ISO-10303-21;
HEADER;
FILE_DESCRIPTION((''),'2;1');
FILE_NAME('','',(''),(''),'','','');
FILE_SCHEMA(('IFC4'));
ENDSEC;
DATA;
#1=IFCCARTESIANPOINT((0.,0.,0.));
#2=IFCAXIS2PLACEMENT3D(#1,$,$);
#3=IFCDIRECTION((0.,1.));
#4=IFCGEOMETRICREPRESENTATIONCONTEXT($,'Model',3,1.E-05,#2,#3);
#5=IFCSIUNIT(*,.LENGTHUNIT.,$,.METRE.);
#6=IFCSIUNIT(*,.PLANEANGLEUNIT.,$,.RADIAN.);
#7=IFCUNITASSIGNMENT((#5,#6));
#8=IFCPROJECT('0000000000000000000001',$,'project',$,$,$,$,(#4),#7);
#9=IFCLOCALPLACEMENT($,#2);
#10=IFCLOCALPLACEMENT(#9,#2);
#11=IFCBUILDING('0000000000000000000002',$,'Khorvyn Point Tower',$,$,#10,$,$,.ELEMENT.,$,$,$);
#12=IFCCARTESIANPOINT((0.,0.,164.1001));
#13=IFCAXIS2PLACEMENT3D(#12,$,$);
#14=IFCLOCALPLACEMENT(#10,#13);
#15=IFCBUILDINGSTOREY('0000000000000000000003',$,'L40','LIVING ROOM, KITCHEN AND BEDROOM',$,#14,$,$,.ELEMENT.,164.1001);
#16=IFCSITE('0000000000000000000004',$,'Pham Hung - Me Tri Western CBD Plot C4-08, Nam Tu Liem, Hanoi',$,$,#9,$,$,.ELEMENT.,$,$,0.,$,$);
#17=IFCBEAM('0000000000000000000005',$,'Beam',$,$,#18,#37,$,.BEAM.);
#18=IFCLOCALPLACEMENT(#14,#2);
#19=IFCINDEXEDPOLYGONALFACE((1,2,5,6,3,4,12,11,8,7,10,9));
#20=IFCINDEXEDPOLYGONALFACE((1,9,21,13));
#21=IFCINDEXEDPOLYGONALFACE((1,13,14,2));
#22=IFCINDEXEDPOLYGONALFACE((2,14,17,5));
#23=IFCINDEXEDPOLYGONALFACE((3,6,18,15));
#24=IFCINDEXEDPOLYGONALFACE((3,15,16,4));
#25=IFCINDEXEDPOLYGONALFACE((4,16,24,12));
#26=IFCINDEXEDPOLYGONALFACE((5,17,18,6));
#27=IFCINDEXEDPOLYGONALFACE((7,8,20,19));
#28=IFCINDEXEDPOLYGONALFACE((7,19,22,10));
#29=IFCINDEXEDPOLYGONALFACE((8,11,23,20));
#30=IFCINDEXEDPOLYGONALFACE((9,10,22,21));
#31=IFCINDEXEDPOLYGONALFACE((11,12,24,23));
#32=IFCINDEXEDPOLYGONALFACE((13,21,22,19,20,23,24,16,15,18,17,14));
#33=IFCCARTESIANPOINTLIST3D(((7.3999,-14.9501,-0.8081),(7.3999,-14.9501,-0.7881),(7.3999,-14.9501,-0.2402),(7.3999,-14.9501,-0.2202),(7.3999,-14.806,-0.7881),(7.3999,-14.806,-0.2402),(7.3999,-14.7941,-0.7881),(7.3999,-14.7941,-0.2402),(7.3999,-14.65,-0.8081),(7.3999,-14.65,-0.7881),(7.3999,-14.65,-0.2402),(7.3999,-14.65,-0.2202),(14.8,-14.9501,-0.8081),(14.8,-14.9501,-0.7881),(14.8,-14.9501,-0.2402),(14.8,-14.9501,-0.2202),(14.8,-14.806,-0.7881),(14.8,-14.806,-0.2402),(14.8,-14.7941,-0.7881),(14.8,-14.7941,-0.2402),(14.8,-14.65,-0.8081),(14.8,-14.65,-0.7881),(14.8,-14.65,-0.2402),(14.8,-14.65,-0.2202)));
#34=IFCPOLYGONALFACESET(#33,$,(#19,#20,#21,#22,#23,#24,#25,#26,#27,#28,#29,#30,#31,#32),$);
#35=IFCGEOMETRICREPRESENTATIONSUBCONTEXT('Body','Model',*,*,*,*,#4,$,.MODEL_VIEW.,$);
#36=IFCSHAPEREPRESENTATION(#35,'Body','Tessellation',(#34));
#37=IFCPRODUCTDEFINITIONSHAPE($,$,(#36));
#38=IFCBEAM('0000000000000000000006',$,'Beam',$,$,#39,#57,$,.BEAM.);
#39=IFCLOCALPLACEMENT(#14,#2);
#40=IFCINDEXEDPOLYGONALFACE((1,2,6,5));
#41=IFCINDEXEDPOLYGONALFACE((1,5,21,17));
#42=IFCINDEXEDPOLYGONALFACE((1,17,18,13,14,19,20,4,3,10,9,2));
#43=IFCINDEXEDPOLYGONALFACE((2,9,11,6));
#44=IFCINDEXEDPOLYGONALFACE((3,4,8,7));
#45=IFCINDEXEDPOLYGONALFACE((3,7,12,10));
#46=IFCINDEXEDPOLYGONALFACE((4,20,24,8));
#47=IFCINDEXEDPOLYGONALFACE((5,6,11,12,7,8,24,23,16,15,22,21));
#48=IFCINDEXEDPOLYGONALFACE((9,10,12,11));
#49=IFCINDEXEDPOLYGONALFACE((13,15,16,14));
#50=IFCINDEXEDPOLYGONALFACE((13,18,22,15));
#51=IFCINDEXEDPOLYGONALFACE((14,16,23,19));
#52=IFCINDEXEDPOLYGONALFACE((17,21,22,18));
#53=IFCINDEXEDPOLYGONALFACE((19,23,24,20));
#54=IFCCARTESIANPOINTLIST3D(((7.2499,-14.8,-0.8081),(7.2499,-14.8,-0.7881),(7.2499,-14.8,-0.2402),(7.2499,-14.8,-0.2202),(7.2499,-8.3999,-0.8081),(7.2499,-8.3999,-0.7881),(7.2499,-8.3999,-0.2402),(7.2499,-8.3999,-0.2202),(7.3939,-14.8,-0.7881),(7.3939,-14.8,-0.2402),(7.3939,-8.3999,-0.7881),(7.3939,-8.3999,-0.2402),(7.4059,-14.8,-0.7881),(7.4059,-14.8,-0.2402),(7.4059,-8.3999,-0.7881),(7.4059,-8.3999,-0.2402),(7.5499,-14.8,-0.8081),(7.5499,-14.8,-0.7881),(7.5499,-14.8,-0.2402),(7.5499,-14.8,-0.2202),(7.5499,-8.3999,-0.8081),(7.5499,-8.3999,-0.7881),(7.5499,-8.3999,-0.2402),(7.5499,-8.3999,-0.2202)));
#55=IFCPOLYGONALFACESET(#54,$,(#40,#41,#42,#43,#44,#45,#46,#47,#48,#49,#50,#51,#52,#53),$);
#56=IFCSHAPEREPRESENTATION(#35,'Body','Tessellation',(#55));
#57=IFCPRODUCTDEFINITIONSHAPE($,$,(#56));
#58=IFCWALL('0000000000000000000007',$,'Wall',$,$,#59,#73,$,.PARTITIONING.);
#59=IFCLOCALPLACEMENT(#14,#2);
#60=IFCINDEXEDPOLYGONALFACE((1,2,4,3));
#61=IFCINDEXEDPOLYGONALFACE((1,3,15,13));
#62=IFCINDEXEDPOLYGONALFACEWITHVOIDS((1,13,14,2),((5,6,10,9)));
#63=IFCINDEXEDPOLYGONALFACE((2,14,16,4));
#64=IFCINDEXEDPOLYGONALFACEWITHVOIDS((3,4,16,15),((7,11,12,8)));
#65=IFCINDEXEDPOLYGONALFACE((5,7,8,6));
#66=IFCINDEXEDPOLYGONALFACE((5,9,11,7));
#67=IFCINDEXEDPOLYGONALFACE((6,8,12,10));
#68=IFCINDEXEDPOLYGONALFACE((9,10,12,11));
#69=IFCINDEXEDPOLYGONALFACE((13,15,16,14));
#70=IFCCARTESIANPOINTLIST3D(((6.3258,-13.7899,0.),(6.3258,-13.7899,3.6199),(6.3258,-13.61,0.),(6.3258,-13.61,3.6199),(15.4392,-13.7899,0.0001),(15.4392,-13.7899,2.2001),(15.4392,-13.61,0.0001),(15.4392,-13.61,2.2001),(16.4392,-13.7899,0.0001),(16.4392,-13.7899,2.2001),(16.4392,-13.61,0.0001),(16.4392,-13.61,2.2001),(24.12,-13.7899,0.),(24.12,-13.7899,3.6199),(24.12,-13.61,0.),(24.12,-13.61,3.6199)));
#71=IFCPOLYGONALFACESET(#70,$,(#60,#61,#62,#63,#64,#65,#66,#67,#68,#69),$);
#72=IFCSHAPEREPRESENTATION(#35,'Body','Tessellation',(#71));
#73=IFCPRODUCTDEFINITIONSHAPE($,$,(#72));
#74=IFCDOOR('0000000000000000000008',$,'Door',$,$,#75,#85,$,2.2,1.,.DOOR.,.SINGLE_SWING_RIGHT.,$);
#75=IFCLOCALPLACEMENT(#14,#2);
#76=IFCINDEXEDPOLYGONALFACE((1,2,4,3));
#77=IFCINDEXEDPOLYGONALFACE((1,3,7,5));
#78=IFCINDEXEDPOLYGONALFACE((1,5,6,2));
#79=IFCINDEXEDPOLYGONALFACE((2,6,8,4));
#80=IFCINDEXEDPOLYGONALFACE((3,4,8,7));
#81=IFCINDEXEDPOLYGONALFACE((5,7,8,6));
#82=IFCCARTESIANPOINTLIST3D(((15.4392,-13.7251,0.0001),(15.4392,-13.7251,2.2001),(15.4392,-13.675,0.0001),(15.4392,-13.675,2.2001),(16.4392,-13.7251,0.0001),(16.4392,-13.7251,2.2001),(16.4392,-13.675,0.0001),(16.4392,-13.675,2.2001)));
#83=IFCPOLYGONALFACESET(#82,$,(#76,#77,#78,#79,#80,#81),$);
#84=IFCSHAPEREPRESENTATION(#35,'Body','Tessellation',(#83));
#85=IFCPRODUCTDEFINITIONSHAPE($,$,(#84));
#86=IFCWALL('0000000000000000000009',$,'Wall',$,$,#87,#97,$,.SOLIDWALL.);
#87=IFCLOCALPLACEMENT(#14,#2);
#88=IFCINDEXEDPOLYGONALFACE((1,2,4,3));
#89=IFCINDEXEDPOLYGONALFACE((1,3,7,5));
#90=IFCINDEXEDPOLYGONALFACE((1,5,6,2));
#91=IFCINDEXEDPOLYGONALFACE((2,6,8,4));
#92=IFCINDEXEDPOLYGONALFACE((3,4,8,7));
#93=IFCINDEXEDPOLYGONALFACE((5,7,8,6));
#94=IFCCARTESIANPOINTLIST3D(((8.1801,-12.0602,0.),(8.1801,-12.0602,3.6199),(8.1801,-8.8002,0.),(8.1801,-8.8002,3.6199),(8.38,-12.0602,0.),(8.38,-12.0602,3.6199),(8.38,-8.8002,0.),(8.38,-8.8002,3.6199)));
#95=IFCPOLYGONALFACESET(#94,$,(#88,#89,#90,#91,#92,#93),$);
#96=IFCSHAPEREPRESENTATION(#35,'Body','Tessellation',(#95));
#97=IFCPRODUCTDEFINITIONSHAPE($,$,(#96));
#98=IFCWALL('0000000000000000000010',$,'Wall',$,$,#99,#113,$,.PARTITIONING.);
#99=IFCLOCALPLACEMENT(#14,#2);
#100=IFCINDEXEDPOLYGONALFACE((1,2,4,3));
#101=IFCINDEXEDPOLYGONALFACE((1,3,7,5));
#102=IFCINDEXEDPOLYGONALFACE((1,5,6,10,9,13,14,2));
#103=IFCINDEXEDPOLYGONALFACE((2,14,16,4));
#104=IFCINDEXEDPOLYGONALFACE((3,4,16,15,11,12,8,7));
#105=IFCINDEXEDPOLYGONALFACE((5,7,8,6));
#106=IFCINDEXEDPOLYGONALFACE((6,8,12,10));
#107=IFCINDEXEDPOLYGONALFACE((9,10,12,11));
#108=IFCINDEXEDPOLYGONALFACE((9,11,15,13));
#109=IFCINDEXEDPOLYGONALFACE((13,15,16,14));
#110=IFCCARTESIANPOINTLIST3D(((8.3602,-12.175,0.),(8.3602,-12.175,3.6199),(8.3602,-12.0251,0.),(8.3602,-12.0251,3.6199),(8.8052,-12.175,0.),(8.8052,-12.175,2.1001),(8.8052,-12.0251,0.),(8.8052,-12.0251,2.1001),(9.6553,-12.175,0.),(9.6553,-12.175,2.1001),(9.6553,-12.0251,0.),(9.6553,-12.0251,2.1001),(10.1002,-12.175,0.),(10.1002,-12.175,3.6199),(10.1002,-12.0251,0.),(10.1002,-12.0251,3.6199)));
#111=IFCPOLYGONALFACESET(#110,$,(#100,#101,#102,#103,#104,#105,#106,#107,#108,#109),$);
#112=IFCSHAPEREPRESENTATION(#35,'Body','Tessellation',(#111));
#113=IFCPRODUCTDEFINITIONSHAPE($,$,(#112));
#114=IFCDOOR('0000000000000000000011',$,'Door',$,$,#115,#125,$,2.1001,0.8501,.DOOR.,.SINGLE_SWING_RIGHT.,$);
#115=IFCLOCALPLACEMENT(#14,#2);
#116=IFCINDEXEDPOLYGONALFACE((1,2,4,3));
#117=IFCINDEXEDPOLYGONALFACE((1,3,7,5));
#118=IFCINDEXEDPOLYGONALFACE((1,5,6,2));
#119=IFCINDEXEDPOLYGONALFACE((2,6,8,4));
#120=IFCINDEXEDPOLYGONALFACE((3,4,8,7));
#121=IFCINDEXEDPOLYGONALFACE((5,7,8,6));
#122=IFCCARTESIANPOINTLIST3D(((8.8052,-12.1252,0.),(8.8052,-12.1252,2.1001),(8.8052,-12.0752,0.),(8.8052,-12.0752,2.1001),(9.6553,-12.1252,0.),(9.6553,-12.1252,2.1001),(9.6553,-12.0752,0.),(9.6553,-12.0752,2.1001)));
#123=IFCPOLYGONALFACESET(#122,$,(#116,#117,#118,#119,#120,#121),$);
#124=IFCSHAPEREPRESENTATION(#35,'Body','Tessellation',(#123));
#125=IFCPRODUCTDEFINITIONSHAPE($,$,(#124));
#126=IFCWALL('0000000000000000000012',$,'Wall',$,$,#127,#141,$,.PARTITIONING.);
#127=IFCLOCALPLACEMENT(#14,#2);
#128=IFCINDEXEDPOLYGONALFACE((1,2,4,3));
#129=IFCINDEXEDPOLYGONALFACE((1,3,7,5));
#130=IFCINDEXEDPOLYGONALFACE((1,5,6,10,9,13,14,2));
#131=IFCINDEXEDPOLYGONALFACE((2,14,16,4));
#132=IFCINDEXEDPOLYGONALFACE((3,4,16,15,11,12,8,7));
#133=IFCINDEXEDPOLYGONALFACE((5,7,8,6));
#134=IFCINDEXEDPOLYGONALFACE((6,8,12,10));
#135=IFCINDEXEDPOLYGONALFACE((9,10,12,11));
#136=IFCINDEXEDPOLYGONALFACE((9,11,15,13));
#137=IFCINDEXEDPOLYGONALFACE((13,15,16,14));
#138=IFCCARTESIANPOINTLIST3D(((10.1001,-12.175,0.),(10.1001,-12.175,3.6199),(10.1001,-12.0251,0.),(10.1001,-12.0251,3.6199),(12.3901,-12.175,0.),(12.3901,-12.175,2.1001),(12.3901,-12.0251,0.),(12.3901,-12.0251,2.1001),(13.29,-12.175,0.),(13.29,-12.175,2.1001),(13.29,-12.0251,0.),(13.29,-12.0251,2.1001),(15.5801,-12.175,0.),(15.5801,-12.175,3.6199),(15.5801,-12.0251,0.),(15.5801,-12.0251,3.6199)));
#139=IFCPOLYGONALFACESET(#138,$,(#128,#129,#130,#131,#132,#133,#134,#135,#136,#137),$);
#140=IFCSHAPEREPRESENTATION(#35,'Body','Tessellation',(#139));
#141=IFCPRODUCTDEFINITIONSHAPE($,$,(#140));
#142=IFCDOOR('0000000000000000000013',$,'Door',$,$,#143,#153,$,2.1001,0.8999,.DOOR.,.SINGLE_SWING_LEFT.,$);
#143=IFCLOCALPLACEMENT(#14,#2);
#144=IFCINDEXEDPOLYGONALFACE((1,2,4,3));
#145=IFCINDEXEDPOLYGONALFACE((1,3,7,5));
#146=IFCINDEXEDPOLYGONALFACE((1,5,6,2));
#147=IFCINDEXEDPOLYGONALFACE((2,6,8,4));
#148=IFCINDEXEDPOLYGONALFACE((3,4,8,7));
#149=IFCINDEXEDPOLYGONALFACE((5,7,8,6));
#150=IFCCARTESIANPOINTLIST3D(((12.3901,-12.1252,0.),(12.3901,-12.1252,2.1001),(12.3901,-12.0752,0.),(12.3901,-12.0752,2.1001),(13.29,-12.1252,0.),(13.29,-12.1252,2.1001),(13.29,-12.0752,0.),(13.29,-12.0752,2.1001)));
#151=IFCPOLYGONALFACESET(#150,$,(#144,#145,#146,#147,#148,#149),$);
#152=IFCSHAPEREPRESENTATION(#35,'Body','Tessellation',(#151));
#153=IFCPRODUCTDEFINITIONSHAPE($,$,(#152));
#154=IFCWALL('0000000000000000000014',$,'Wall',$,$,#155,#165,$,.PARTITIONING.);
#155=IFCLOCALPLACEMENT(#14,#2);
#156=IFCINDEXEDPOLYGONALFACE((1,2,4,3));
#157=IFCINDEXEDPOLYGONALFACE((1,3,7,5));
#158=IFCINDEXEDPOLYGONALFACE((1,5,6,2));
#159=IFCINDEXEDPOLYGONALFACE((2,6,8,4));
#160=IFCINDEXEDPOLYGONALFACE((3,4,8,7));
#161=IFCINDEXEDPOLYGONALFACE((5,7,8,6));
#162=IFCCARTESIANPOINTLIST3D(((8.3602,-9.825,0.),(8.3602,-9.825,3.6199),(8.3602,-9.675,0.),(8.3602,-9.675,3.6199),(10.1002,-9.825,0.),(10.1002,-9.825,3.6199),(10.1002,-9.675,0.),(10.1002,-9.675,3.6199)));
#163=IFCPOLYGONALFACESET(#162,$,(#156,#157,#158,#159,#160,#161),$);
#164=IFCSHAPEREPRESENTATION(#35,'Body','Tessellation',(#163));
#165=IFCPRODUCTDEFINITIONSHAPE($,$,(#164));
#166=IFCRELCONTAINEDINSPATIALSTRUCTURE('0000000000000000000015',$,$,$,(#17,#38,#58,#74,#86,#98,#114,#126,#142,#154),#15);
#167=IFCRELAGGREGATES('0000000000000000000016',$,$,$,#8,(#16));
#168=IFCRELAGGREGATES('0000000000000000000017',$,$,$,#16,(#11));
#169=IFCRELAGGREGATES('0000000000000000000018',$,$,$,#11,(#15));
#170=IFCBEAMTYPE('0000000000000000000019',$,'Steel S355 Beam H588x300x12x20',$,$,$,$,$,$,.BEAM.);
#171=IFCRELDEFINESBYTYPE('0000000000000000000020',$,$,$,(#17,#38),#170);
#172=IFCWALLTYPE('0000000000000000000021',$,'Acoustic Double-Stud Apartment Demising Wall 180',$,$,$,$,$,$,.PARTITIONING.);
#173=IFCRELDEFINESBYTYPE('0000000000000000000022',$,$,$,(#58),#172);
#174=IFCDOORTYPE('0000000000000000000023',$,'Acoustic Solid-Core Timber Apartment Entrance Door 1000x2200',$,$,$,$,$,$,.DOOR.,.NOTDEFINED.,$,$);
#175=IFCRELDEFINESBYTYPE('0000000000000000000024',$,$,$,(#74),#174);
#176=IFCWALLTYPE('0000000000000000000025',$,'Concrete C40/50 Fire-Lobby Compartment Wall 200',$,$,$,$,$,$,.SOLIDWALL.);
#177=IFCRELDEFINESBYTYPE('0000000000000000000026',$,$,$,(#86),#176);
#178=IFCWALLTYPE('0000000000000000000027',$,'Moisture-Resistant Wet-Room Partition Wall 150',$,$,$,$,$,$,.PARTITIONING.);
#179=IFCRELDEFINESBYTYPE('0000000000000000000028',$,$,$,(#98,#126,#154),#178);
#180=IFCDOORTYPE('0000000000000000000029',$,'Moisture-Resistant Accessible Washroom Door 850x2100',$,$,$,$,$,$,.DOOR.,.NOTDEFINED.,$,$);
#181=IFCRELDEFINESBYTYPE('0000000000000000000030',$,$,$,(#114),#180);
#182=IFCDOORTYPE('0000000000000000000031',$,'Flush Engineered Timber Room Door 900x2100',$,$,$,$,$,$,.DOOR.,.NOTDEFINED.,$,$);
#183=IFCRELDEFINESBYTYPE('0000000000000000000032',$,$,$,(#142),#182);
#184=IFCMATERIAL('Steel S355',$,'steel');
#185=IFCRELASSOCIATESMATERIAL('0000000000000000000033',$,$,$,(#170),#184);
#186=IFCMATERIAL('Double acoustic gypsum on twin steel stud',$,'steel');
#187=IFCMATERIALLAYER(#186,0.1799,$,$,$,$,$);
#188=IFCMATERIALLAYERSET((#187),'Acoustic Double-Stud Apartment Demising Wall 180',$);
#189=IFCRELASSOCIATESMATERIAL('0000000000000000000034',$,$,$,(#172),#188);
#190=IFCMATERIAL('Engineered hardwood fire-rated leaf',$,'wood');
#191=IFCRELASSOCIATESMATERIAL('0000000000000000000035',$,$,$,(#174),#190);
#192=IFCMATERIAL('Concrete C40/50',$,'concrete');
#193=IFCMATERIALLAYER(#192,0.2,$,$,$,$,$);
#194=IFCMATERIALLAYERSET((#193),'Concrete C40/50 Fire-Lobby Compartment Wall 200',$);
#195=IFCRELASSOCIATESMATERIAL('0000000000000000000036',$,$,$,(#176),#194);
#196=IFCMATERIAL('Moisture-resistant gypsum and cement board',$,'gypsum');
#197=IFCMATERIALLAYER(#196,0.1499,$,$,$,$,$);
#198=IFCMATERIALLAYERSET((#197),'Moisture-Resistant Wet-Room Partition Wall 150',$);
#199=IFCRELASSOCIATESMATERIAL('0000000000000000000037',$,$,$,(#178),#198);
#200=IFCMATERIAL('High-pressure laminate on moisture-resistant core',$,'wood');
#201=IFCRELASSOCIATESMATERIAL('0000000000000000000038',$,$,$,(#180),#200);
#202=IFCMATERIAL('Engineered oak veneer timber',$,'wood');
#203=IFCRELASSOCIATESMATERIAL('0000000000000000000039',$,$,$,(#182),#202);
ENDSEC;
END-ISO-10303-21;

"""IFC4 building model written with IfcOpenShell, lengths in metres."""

from ifc_helpers import new_model, si_unit, direction, frame, frame_2d, origin, origin_2d, place, context, subcontext, project, spatial, rectangle, i_section, extrude, material, layer, layer_set, material_profile, profile_set, type_object, element, fill, save


model = new_model("IFC4")

# Units and contexts
model_context = context("Model", 3, precision=1e-05, world=origin(), true_north=direction((0.0, 1.0)))
body_context = subcontext(model_context, "Body", "Model", "MODEL_VIEW")
ifc_project = project(units=[si_unit("LENGTHUNIT", "METRE"), si_unit("PLANEANGLEUNIT", "RADIAN")], contexts=[model_context])

# Site, building, storey
site_placement = place(None, origin())
site = spatial("IfcSite", under=ifc_project, at=site_placement, Name="Pham Hung - Me Tri Western CBD Plot C4-08, Nam Tu Liem, Hanoi", CompositionType="ELEMENT", RefElevation=0.0)
building_placement = place(site_placement, origin())
building = spatial("IfcBuilding", under=site, at=building_placement, Name="Khorvyn Point Tower", CompositionType="ELEMENT")
storey_placement = place(building_placement, frame((0.0, 0.0, 164.1001)))
storey = spatial("IfcBuildingStorey", under=building, at=storey_placement, Name="L40", Description="LIVING ROOM, KITCHEN AND BEDROOM", CompositionType="ELEMENT", Elevation=164.1001)

# Beams
ifc_material_1 = material(Name="Steel S355", Category="steel")
ifc_material_profile = material_profile(ifc_material_1, i_section(OverallWidth=0.3, OverallDepth=0.5879, WebThickness=0.012, FlangeThickness=0.02, at=origin_2d()))
ifc_profile_set = profile_set([ifc_material_profile], Name="Steel S355 H588x300x12x20")
beam_type = type_object("IfcBeamType", Name="Steel S355 Beam H588x300x12x20", PredefinedType="BEAM", material=ifc_profile_set)
beam_1_placement = place(storey_placement, frame((7.3999, -14.8, -0.5142), z_axis=(1.0, 0.0, 0.0), x_axis=(0.0, 1.0, 0.0)))
element("IfcBeam", 1, at=beam_1_placement, inside=storey, type_object=beam_type, Name="Beam", PredefinedType="BEAM", context=body_context, shape_type="SweptSolid", body=[
    extrude(i_section(OverallWidth=0.3, OverallDepth=0.5879, WebThickness=0.012, FlangeThickness=0.02, at=origin_2d()), origin(), (0.0, 0.0, 1.0), 7.4001),
])
beam_2_placement = place(storey_placement, frame((7.3999, -14.8, -0.5142), z_axis=(0.0, 1.0, 0.0), x_axis=(-1.0, 0.0, 0.0)))
element("IfcBeam", 2, at=beam_2_placement, inside=storey, type_object=beam_type, Name="Beam", PredefinedType="BEAM", context=body_context, shape_type="SweptSolid", body=[
    extrude(i_section(OverallWidth=0.3, OverallDepth=0.5879, WebThickness=0.012, FlangeThickness=0.02, at=origin_2d()), origin(), (0.0, 0.0, 1.0), 6.4001),
])

# Wall, opening, door
ifc_material_2 = material(Name="Double acoustic gypsum on twin steel stud", Category="steel")
ifc_layer_1 = layer(ifc_material_2, 0.1799)
ifc_layer_set_1 = layer_set([ifc_layer_1], Name="Acoustic Double-Stud Apartment Demising Wall 180")
wall_type_1 = type_object("IfcWallType", Name="Acoustic Double-Stud Apartment Demising Wall 180", PredefinedType="PARTITIONING", material=ifc_layer_set_1)
wall_1_placement = place(storey_placement, frame((6.3259, -13.7, 0.0), z_axis=(0.0, 0.0, 1.0), x_axis=(1.0, 0.0, 0.0)))
wall_1 = element("IfcWall", 3, at=wall_1_placement, inside=storey, type_object=wall_type_1, Name="Wall", PredefinedType="PARTITIONING", context=body_context, shape_type="SweptSolid", body=[
    extrude(rectangle(XDim=17.7942, YDim=0.1799, at=frame_2d((8.897, 0.0))), origin(), (0.0, 0.0, 1.0), 3.6199),
])
opening_1_placement = place(wall_1_placement, frame((9.1133, 0.0, 0.0)))
opening_1 = element("IfcOpeningElement", 4, at=opening_1_placement, cuts=wall_1, PredefinedType="OPENING", context=body_context, shape_type="SweptSolid", body=[
    extrude(rectangle(XDim=1.0, YDim=2.2, at=frame_2d((0.5, 1.1001))), frame((0.0, 0.0999, 0.0), z_axis=(0.0, -1.0, 0.0), x_axis=(1.0, 0.0, 0.0)), (0.0, 0.0, 1.0), 0.2),
])
ifc_material_3 = material(Name="Engineered hardwood fire-rated leaf", Category="wood")
door_type_1 = type_object("IfcDoorType", Name="Acoustic Solid-Core Timber Apartment Entrance Door 1000x2200", OperationType="NOTDEFINED", PredefinedType="DOOR", material=ifc_material_3)
door_1_placement = place(opening_1_placement, origin())
door_1 = element("IfcDoor", 5, at=door_1_placement, inside=storey, type_object=door_type_1, Name="Door", OperationType="SINGLE_SWING_RIGHT", OverallHeight=2.2, OverallWidth=1.0, PredefinedType="DOOR", context=body_context, shape_type="SweptSolid", body=[
    extrude(rectangle(XDim=1.0, YDim=2.2, at=frame_2d((0.5, 1.1001))), frame((0.0, 0.0249, 0.0), z_axis=(0.0, -1.0, 0.0), x_axis=(1.0, 0.0, 0.0)), (0.0, 0.0, 1.0), 0.05),
])
fill(opening_1, door_1)
ifc_material_4 = material(Name="Concrete C40/50", Category="concrete")
ifc_layer_2 = layer(ifc_material_4, 0.2)
ifc_layer_set_2 = layer_set([ifc_layer_2], Name="Concrete C40/50 Fire-Lobby Compartment Wall 200")
wall_type_2 = type_object("IfcWallType", Name="Concrete C40/50 Fire-Lobby Compartment Wall 200", PredefinedType="SOLIDWALL", material=ifc_layer_set_2)

# Wall
wall_2_placement = place(storey_placement, frame((8.28, -12.0601, 0.0), z_axis=(0.0, 0.0, 1.0), x_axis=(0.0, 1.0, 0.0)))
element("IfcWall", 6, at=wall_2_placement, inside=storey, type_object=wall_type_2, Name="Wall", PredefinedType="SOLIDWALL", context=body_context, shape_type="SweptSolid", body=[
    extrude(rectangle(XDim=3.26, YDim=0.2, at=frame_2d((1.6299, 0.0))), origin(), (0.0, 0.0, 1.0), 3.6199),
])

# Walls, openings, doors
ifc_material_5 = material(Name="Moisture-resistant gypsum and cement board", Category="gypsum")
ifc_layer_3 = layer(ifc_material_5, 0.1499)
ifc_layer_set_3 = layer_set([ifc_layer_3], Name="Moisture-Resistant Wet-Room Partition Wall 150")
wall_type_3 = type_object("IfcWallType", Name="Moisture-Resistant Wet-Room Partition Wall 150", PredefinedType="PARTITIONING", material=ifc_layer_set_3)
wall_3_placement = place(storey_placement, frame((8.3601, -12.1001, 0.0), z_axis=(0.0, 0.0, 1.0), x_axis=(1.0, 0.0, 0.0)))
wall_3 = element("IfcWall", 7, at=wall_3_placement, inside=storey, type_object=wall_type_3, Name="Wall", PredefinedType="PARTITIONING", context=body_context, shape_type="SweptSolid", body=[
    extrude(rectangle(XDim=1.74, YDim=0.1499, at=frame_2d((0.8701, 0.0))), origin(), (0.0, 0.0, 1.0), 3.6199),
])
opening_2_placement = place(wall_3_placement, frame((0.4451, 0.0, 0.0)))
opening_2 = element("IfcOpeningElement", 8, at=opening_2_placement, cuts=wall_3, PredefinedType="OPENING", context=body_context, shape_type="SweptSolid", body=[
    extrude(rectangle(XDim=0.8501, YDim=2.1001, at=frame_2d((0.425, 1.05))), frame((0.0, 0.085, 0.0), z_axis=(0.0, -1.0, 0.0), x_axis=(1.0, 0.0, 0.0)), (0.0, 0.0, 1.0), 0.1699),
])
ifc_material_6 = material(Name="High-pressure laminate on moisture-resistant core", Category="wood")
door_type_2 = type_object("IfcDoorType", Name="Moisture-Resistant Accessible Washroom Door 850x2100", OperationType="NOTDEFINED", PredefinedType="DOOR", material=ifc_material_6)
door_2_placement = place(opening_2_placement, origin())
door_2 = element("IfcDoor", 9, at=door_2_placement, inside=storey, type_object=door_type_2, Name="Door", OperationType="SINGLE_SWING_RIGHT", OverallHeight=2.1001, OverallWidth=0.8501, PredefinedType="DOOR", context=body_context, shape_type="SweptSolid", body=[
    extrude(rectangle(XDim=0.8501, YDim=2.1001, at=frame_2d((0.425, 1.05))), frame((0.0, 0.0249, 0.0), z_axis=(0.0, -1.0, 0.0), x_axis=(1.0, 0.0, 0.0)), (0.0, 0.0, 1.0), 0.05),
])
fill(opening_2, door_2)
wall_4_placement = place(storey_placement, frame((10.1001, -12.1001, 0.0), z_axis=(0.0, 0.0, 1.0), x_axis=(1.0, 0.0, 0.0)))
wall_4 = element("IfcWall", 10, at=wall_4_placement, inside=storey, type_object=wall_type_3, Name="Wall", PredefinedType="PARTITIONING", context=body_context, shape_type="SweptSolid", body=[
    extrude(rectangle(XDim=5.48, YDim=0.1499, at=frame_2d((2.74, 0.0))), origin(), (0.0, 0.0, 1.0), 3.6199),
])
opening_3_placement = place(wall_4_placement, frame((2.29, 0.0, 0.0)))
opening_3 = element("IfcOpeningElement", 11, at=opening_3_placement, cuts=wall_4, PredefinedType="OPENING", context=body_context, shape_type="SweptSolid", body=[
    extrude(rectangle(XDim=0.8999, YDim=2.1001, at=frame_2d((0.45, 1.05))), frame((0.0, 0.085, 0.0), z_axis=(0.0, -1.0, 0.0), x_axis=(1.0, 0.0, 0.0)), (0.0, 0.0, 1.0), 0.1699),
])
ifc_material_7 = material(Name="Engineered oak veneer timber", Category="wood")
door_type_3 = type_object("IfcDoorType", Name="Flush Engineered Timber Room Door 900x2100", OperationType="NOTDEFINED", PredefinedType="DOOR", material=ifc_material_7)
door_3_placement = place(opening_3_placement, origin())
door_3 = element("IfcDoor", 12, at=door_3_placement, inside=storey, type_object=door_type_3, Name="Door", OperationType="SINGLE_SWING_LEFT", OverallHeight=2.1001, OverallWidth=0.8999, PredefinedType="DOOR", context=body_context, shape_type="SweptSolid", body=[
    extrude(rectangle(XDim=0.8999, YDim=2.1001, at=frame_2d((0.45, 1.05))), frame((0.0, 0.0249, 0.0), z_axis=(0.0, -1.0, 0.0), x_axis=(1.0, 0.0, 0.0)), (0.0, 0.0, 1.0), 0.05),
])
fill(opening_3, door_3)

# Wall
wall_5_placement = place(storey_placement, frame((8.3601, -9.75, 0.0), z_axis=(0.0, 0.0, 1.0), x_axis=(1.0, 0.0, 0.0)))
element("IfcWall", 13, at=wall_5_placement, inside=storey, type_object=wall_type_3, Name="Wall", PredefinedType="PARTITIONING", context=body_context, shape_type="SweptSolid", body=[
    extrude(rectangle(XDim=1.74, YDim=0.1499, at=frame_2d((0.8701, 0.0))), origin(), (0.0, 0.0, 1.0), 3.6199),
])

save(model, "model.ifc")
